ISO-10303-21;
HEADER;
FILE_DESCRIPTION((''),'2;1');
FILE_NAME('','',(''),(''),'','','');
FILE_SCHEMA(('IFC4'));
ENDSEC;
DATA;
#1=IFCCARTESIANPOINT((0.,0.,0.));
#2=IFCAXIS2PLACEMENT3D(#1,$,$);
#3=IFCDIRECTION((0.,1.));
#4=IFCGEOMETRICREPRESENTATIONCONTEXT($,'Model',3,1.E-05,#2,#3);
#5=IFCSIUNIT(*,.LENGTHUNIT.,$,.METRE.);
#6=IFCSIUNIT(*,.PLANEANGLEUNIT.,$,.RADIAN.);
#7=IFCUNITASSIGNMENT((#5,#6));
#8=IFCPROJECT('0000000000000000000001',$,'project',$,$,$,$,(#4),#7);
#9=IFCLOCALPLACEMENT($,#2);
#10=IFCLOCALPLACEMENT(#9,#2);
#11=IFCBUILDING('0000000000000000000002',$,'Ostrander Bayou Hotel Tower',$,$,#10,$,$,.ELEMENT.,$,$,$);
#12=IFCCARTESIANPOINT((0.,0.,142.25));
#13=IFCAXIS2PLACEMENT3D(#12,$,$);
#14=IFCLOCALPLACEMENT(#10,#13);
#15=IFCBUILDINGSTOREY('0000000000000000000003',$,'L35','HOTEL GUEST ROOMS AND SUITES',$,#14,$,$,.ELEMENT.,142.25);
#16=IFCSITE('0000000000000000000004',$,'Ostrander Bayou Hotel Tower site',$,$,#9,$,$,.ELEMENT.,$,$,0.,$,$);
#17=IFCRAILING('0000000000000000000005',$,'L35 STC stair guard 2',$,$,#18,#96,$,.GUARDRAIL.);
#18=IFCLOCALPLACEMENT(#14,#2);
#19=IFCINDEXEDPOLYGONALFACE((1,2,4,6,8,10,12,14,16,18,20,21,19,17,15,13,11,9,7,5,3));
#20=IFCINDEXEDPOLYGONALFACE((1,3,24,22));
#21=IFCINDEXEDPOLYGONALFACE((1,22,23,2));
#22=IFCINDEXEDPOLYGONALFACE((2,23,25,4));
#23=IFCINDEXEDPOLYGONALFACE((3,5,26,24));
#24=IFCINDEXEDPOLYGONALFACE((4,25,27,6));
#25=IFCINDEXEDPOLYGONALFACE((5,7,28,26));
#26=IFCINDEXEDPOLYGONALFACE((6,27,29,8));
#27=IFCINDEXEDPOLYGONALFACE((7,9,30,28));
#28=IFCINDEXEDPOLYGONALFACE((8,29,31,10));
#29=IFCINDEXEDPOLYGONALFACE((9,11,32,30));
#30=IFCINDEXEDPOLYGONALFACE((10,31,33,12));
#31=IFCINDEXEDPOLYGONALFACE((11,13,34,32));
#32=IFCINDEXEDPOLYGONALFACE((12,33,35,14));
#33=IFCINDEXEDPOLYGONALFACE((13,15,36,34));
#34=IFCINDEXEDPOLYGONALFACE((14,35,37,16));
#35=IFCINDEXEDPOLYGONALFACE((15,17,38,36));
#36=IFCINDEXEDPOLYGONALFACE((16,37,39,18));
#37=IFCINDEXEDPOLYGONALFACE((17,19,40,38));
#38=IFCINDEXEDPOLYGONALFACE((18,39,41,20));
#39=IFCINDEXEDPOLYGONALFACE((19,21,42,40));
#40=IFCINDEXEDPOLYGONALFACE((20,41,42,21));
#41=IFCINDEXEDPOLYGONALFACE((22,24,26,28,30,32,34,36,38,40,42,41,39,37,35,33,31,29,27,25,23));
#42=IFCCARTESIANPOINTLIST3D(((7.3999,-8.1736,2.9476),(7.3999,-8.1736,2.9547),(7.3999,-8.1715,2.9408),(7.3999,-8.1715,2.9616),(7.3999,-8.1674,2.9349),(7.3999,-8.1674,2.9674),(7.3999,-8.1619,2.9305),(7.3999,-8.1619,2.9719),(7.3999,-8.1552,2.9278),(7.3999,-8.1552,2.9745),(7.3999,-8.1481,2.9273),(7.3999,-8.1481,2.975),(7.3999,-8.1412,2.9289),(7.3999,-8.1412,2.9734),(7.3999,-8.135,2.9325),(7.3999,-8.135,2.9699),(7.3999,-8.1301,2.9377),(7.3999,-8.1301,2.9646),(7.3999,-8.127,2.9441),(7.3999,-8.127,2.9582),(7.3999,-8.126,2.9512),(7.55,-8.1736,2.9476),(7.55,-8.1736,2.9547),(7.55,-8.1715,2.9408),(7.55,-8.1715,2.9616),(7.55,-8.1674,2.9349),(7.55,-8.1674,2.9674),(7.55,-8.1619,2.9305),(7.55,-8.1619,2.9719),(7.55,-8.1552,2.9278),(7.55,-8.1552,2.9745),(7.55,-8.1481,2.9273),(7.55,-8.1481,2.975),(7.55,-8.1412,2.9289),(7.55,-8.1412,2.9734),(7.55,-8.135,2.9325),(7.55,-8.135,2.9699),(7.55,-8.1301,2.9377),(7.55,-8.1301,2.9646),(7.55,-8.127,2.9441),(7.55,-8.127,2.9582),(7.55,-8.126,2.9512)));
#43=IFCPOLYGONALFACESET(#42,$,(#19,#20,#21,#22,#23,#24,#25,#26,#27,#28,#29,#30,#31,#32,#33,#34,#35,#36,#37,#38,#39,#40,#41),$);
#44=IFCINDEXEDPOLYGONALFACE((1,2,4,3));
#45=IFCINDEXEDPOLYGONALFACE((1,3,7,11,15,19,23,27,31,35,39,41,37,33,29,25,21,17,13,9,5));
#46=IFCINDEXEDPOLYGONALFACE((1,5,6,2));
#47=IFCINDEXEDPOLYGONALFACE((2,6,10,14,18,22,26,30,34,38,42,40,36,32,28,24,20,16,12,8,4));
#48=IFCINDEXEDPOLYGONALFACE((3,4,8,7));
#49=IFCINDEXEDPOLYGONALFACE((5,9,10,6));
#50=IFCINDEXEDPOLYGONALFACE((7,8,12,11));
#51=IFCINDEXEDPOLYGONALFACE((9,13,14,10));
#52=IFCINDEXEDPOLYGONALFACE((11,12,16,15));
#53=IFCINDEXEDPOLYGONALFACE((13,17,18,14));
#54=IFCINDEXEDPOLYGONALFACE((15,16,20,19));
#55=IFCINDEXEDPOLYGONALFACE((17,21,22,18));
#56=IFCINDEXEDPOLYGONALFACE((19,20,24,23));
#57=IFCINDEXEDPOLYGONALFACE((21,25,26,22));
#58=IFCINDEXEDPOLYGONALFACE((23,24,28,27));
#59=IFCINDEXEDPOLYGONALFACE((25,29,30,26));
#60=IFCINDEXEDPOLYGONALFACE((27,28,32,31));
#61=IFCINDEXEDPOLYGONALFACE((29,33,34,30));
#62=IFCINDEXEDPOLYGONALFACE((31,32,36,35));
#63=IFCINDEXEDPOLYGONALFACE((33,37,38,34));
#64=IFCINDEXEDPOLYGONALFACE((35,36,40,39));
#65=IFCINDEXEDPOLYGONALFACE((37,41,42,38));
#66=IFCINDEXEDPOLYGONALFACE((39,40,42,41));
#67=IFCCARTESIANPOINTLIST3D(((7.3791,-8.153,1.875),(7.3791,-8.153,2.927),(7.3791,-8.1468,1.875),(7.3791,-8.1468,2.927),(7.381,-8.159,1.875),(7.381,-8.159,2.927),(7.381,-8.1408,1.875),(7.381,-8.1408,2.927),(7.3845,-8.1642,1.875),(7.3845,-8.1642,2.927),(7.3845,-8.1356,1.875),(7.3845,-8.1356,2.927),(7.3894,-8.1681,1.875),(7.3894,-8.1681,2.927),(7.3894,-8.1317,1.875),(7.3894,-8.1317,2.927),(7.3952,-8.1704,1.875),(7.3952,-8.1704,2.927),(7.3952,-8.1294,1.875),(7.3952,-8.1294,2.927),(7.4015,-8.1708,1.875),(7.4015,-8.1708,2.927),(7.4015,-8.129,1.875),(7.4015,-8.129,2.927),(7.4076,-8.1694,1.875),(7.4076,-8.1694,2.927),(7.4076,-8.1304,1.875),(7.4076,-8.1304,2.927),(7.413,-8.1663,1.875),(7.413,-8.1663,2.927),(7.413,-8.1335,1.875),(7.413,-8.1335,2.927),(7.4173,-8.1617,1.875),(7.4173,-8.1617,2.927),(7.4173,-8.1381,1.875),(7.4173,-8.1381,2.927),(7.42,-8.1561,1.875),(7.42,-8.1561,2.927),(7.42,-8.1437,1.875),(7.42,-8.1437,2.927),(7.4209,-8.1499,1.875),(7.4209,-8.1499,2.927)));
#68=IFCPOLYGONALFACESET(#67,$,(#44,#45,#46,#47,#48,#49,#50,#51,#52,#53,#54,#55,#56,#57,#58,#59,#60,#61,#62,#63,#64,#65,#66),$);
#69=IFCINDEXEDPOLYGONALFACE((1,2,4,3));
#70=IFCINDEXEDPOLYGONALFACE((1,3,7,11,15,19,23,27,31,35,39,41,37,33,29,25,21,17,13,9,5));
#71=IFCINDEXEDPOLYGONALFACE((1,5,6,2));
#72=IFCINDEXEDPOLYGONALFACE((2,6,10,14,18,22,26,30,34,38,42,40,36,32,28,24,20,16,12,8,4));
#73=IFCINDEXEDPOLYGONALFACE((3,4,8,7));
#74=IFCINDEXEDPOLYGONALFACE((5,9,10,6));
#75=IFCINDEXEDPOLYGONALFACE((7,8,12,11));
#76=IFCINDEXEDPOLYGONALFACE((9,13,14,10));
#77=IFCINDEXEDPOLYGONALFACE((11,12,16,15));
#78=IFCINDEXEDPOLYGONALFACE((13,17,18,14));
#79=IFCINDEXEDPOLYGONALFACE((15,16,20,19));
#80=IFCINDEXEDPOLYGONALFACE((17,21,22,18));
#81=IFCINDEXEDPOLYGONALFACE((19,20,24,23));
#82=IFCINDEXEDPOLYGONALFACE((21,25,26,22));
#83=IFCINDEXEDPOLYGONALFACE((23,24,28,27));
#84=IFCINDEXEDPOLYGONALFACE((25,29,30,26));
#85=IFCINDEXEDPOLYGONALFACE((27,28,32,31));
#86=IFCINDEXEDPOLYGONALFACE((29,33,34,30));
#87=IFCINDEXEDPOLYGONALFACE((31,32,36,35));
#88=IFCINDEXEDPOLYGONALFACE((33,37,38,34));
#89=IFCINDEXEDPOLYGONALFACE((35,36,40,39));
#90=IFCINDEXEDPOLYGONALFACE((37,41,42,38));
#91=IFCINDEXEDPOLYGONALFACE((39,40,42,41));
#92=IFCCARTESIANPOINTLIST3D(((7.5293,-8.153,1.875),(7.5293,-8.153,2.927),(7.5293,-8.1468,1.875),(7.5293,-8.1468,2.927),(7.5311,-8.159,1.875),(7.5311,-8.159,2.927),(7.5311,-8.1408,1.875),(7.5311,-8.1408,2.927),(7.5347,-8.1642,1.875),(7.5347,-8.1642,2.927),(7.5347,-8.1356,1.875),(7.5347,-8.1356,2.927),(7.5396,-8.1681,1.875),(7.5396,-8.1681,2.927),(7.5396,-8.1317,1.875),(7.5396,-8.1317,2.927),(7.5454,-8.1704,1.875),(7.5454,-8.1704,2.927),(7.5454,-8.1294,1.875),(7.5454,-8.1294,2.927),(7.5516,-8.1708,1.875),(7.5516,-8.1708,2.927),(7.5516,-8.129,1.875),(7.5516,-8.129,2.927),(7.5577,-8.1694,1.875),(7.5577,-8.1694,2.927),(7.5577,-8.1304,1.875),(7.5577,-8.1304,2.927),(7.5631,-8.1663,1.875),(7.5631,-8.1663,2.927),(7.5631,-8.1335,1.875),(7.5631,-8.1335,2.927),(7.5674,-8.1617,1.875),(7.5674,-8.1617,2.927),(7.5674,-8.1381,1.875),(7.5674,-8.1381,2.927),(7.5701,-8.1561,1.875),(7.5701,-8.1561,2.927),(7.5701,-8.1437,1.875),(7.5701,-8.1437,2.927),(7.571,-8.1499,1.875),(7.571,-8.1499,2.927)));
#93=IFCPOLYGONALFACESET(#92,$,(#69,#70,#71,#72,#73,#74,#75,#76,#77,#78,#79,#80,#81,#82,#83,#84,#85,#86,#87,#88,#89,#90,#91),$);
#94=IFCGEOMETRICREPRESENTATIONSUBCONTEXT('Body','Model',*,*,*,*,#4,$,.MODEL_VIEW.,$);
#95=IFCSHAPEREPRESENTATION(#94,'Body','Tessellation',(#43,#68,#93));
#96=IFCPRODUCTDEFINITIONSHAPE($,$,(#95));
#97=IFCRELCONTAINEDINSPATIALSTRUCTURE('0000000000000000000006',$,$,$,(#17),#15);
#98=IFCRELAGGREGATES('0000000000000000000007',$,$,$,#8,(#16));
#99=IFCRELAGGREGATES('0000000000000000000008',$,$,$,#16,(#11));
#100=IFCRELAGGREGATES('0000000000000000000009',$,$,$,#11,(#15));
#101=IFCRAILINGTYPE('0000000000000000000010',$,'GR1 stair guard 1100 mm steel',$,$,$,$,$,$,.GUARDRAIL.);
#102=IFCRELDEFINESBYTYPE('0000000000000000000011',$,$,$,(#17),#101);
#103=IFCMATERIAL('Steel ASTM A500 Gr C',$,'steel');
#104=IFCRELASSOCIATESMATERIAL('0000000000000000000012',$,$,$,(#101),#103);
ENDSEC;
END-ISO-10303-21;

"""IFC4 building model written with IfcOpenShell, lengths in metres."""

from ifc_helpers import new_model, si_unit, direction, frame, origin, origin_2d, place, context, subcontext, project, spatial, circle, extrude, material, type_object, element, save


model = new_model("IFC4")

# Units and contexts
model_context = context("Model", 3, precision=1e-05, world=origin(), true_north=direction((0.0, 1.0)))
body_context = subcontext(model_context, "Body", "Model", "MODEL_VIEW")
ifc_project = project(units=[si_unit("LENGTHUNIT", "METRE"), si_unit("PLANEANGLEUNIT", "RADIAN")], contexts=[model_context])

# Site, building, storey
site_placement = place(None, origin())
site = spatial("IfcSite", under=ifc_project, at=site_placement, Name="Ostrander Bayou Hotel Tower site", CompositionType="ELEMENT", RefElevation=0.0)
building_placement = place(site_placement, origin())
building = spatial("IfcBuilding", under=site, at=building_placement, Name="Ostrander Bayou Hotel Tower", CompositionType="ELEMENT")
storey_placement = place(building_placement, frame((0.0, 0.0, 142.25)))
storey = spatial("IfcBuildingStorey", under=building, at=storey_placement, Name="L35", Description="HOTEL GUEST ROOMS AND SUITES", CompositionType="ELEMENT", Elevation=142.25)

# Railing
ifc_material_1 = material(Name="Steel ASTM A500 Gr C", Category="steel")
railing_type_1 = type_object("IfcRailingType", Name="GR1 stair guard 1100 mm steel", PredefinedType="GUARDRAIL", material=ifc_material_1)
railing_1_placement = place(storey_placement, frame((7.3999, -8.1499, 1.875)))
element("IfcRailing", 1, at=railing_1_placement, inside=storey, type_object=railing_type_1, Name="L35 STC stair guard 2", PredefinedType="GUARDRAIL", context=body_context, shape_type="SweptSolid", body=[
    extrude(circle(Radius=0.0239, at=origin_2d()), frame((0.0, 0.0, 1.0762), z_axis=(1.0, 0.0, 0.0), x_axis=(0.0, 1.0, 0.0)), (0.0, 0.0, 1.0), 0.1501),
    extrude(circle(Radius=0.021, at=origin_2d()), origin(), (0.0, 0.0, 1.0), 1.052),
    extrude(circle(Radius=0.021, at=origin_2d()), frame((0.1501, 0.0, 0.0)), (0.0, 0.0, 1.0), 1.052),
])

save(model, "model.ifc")
